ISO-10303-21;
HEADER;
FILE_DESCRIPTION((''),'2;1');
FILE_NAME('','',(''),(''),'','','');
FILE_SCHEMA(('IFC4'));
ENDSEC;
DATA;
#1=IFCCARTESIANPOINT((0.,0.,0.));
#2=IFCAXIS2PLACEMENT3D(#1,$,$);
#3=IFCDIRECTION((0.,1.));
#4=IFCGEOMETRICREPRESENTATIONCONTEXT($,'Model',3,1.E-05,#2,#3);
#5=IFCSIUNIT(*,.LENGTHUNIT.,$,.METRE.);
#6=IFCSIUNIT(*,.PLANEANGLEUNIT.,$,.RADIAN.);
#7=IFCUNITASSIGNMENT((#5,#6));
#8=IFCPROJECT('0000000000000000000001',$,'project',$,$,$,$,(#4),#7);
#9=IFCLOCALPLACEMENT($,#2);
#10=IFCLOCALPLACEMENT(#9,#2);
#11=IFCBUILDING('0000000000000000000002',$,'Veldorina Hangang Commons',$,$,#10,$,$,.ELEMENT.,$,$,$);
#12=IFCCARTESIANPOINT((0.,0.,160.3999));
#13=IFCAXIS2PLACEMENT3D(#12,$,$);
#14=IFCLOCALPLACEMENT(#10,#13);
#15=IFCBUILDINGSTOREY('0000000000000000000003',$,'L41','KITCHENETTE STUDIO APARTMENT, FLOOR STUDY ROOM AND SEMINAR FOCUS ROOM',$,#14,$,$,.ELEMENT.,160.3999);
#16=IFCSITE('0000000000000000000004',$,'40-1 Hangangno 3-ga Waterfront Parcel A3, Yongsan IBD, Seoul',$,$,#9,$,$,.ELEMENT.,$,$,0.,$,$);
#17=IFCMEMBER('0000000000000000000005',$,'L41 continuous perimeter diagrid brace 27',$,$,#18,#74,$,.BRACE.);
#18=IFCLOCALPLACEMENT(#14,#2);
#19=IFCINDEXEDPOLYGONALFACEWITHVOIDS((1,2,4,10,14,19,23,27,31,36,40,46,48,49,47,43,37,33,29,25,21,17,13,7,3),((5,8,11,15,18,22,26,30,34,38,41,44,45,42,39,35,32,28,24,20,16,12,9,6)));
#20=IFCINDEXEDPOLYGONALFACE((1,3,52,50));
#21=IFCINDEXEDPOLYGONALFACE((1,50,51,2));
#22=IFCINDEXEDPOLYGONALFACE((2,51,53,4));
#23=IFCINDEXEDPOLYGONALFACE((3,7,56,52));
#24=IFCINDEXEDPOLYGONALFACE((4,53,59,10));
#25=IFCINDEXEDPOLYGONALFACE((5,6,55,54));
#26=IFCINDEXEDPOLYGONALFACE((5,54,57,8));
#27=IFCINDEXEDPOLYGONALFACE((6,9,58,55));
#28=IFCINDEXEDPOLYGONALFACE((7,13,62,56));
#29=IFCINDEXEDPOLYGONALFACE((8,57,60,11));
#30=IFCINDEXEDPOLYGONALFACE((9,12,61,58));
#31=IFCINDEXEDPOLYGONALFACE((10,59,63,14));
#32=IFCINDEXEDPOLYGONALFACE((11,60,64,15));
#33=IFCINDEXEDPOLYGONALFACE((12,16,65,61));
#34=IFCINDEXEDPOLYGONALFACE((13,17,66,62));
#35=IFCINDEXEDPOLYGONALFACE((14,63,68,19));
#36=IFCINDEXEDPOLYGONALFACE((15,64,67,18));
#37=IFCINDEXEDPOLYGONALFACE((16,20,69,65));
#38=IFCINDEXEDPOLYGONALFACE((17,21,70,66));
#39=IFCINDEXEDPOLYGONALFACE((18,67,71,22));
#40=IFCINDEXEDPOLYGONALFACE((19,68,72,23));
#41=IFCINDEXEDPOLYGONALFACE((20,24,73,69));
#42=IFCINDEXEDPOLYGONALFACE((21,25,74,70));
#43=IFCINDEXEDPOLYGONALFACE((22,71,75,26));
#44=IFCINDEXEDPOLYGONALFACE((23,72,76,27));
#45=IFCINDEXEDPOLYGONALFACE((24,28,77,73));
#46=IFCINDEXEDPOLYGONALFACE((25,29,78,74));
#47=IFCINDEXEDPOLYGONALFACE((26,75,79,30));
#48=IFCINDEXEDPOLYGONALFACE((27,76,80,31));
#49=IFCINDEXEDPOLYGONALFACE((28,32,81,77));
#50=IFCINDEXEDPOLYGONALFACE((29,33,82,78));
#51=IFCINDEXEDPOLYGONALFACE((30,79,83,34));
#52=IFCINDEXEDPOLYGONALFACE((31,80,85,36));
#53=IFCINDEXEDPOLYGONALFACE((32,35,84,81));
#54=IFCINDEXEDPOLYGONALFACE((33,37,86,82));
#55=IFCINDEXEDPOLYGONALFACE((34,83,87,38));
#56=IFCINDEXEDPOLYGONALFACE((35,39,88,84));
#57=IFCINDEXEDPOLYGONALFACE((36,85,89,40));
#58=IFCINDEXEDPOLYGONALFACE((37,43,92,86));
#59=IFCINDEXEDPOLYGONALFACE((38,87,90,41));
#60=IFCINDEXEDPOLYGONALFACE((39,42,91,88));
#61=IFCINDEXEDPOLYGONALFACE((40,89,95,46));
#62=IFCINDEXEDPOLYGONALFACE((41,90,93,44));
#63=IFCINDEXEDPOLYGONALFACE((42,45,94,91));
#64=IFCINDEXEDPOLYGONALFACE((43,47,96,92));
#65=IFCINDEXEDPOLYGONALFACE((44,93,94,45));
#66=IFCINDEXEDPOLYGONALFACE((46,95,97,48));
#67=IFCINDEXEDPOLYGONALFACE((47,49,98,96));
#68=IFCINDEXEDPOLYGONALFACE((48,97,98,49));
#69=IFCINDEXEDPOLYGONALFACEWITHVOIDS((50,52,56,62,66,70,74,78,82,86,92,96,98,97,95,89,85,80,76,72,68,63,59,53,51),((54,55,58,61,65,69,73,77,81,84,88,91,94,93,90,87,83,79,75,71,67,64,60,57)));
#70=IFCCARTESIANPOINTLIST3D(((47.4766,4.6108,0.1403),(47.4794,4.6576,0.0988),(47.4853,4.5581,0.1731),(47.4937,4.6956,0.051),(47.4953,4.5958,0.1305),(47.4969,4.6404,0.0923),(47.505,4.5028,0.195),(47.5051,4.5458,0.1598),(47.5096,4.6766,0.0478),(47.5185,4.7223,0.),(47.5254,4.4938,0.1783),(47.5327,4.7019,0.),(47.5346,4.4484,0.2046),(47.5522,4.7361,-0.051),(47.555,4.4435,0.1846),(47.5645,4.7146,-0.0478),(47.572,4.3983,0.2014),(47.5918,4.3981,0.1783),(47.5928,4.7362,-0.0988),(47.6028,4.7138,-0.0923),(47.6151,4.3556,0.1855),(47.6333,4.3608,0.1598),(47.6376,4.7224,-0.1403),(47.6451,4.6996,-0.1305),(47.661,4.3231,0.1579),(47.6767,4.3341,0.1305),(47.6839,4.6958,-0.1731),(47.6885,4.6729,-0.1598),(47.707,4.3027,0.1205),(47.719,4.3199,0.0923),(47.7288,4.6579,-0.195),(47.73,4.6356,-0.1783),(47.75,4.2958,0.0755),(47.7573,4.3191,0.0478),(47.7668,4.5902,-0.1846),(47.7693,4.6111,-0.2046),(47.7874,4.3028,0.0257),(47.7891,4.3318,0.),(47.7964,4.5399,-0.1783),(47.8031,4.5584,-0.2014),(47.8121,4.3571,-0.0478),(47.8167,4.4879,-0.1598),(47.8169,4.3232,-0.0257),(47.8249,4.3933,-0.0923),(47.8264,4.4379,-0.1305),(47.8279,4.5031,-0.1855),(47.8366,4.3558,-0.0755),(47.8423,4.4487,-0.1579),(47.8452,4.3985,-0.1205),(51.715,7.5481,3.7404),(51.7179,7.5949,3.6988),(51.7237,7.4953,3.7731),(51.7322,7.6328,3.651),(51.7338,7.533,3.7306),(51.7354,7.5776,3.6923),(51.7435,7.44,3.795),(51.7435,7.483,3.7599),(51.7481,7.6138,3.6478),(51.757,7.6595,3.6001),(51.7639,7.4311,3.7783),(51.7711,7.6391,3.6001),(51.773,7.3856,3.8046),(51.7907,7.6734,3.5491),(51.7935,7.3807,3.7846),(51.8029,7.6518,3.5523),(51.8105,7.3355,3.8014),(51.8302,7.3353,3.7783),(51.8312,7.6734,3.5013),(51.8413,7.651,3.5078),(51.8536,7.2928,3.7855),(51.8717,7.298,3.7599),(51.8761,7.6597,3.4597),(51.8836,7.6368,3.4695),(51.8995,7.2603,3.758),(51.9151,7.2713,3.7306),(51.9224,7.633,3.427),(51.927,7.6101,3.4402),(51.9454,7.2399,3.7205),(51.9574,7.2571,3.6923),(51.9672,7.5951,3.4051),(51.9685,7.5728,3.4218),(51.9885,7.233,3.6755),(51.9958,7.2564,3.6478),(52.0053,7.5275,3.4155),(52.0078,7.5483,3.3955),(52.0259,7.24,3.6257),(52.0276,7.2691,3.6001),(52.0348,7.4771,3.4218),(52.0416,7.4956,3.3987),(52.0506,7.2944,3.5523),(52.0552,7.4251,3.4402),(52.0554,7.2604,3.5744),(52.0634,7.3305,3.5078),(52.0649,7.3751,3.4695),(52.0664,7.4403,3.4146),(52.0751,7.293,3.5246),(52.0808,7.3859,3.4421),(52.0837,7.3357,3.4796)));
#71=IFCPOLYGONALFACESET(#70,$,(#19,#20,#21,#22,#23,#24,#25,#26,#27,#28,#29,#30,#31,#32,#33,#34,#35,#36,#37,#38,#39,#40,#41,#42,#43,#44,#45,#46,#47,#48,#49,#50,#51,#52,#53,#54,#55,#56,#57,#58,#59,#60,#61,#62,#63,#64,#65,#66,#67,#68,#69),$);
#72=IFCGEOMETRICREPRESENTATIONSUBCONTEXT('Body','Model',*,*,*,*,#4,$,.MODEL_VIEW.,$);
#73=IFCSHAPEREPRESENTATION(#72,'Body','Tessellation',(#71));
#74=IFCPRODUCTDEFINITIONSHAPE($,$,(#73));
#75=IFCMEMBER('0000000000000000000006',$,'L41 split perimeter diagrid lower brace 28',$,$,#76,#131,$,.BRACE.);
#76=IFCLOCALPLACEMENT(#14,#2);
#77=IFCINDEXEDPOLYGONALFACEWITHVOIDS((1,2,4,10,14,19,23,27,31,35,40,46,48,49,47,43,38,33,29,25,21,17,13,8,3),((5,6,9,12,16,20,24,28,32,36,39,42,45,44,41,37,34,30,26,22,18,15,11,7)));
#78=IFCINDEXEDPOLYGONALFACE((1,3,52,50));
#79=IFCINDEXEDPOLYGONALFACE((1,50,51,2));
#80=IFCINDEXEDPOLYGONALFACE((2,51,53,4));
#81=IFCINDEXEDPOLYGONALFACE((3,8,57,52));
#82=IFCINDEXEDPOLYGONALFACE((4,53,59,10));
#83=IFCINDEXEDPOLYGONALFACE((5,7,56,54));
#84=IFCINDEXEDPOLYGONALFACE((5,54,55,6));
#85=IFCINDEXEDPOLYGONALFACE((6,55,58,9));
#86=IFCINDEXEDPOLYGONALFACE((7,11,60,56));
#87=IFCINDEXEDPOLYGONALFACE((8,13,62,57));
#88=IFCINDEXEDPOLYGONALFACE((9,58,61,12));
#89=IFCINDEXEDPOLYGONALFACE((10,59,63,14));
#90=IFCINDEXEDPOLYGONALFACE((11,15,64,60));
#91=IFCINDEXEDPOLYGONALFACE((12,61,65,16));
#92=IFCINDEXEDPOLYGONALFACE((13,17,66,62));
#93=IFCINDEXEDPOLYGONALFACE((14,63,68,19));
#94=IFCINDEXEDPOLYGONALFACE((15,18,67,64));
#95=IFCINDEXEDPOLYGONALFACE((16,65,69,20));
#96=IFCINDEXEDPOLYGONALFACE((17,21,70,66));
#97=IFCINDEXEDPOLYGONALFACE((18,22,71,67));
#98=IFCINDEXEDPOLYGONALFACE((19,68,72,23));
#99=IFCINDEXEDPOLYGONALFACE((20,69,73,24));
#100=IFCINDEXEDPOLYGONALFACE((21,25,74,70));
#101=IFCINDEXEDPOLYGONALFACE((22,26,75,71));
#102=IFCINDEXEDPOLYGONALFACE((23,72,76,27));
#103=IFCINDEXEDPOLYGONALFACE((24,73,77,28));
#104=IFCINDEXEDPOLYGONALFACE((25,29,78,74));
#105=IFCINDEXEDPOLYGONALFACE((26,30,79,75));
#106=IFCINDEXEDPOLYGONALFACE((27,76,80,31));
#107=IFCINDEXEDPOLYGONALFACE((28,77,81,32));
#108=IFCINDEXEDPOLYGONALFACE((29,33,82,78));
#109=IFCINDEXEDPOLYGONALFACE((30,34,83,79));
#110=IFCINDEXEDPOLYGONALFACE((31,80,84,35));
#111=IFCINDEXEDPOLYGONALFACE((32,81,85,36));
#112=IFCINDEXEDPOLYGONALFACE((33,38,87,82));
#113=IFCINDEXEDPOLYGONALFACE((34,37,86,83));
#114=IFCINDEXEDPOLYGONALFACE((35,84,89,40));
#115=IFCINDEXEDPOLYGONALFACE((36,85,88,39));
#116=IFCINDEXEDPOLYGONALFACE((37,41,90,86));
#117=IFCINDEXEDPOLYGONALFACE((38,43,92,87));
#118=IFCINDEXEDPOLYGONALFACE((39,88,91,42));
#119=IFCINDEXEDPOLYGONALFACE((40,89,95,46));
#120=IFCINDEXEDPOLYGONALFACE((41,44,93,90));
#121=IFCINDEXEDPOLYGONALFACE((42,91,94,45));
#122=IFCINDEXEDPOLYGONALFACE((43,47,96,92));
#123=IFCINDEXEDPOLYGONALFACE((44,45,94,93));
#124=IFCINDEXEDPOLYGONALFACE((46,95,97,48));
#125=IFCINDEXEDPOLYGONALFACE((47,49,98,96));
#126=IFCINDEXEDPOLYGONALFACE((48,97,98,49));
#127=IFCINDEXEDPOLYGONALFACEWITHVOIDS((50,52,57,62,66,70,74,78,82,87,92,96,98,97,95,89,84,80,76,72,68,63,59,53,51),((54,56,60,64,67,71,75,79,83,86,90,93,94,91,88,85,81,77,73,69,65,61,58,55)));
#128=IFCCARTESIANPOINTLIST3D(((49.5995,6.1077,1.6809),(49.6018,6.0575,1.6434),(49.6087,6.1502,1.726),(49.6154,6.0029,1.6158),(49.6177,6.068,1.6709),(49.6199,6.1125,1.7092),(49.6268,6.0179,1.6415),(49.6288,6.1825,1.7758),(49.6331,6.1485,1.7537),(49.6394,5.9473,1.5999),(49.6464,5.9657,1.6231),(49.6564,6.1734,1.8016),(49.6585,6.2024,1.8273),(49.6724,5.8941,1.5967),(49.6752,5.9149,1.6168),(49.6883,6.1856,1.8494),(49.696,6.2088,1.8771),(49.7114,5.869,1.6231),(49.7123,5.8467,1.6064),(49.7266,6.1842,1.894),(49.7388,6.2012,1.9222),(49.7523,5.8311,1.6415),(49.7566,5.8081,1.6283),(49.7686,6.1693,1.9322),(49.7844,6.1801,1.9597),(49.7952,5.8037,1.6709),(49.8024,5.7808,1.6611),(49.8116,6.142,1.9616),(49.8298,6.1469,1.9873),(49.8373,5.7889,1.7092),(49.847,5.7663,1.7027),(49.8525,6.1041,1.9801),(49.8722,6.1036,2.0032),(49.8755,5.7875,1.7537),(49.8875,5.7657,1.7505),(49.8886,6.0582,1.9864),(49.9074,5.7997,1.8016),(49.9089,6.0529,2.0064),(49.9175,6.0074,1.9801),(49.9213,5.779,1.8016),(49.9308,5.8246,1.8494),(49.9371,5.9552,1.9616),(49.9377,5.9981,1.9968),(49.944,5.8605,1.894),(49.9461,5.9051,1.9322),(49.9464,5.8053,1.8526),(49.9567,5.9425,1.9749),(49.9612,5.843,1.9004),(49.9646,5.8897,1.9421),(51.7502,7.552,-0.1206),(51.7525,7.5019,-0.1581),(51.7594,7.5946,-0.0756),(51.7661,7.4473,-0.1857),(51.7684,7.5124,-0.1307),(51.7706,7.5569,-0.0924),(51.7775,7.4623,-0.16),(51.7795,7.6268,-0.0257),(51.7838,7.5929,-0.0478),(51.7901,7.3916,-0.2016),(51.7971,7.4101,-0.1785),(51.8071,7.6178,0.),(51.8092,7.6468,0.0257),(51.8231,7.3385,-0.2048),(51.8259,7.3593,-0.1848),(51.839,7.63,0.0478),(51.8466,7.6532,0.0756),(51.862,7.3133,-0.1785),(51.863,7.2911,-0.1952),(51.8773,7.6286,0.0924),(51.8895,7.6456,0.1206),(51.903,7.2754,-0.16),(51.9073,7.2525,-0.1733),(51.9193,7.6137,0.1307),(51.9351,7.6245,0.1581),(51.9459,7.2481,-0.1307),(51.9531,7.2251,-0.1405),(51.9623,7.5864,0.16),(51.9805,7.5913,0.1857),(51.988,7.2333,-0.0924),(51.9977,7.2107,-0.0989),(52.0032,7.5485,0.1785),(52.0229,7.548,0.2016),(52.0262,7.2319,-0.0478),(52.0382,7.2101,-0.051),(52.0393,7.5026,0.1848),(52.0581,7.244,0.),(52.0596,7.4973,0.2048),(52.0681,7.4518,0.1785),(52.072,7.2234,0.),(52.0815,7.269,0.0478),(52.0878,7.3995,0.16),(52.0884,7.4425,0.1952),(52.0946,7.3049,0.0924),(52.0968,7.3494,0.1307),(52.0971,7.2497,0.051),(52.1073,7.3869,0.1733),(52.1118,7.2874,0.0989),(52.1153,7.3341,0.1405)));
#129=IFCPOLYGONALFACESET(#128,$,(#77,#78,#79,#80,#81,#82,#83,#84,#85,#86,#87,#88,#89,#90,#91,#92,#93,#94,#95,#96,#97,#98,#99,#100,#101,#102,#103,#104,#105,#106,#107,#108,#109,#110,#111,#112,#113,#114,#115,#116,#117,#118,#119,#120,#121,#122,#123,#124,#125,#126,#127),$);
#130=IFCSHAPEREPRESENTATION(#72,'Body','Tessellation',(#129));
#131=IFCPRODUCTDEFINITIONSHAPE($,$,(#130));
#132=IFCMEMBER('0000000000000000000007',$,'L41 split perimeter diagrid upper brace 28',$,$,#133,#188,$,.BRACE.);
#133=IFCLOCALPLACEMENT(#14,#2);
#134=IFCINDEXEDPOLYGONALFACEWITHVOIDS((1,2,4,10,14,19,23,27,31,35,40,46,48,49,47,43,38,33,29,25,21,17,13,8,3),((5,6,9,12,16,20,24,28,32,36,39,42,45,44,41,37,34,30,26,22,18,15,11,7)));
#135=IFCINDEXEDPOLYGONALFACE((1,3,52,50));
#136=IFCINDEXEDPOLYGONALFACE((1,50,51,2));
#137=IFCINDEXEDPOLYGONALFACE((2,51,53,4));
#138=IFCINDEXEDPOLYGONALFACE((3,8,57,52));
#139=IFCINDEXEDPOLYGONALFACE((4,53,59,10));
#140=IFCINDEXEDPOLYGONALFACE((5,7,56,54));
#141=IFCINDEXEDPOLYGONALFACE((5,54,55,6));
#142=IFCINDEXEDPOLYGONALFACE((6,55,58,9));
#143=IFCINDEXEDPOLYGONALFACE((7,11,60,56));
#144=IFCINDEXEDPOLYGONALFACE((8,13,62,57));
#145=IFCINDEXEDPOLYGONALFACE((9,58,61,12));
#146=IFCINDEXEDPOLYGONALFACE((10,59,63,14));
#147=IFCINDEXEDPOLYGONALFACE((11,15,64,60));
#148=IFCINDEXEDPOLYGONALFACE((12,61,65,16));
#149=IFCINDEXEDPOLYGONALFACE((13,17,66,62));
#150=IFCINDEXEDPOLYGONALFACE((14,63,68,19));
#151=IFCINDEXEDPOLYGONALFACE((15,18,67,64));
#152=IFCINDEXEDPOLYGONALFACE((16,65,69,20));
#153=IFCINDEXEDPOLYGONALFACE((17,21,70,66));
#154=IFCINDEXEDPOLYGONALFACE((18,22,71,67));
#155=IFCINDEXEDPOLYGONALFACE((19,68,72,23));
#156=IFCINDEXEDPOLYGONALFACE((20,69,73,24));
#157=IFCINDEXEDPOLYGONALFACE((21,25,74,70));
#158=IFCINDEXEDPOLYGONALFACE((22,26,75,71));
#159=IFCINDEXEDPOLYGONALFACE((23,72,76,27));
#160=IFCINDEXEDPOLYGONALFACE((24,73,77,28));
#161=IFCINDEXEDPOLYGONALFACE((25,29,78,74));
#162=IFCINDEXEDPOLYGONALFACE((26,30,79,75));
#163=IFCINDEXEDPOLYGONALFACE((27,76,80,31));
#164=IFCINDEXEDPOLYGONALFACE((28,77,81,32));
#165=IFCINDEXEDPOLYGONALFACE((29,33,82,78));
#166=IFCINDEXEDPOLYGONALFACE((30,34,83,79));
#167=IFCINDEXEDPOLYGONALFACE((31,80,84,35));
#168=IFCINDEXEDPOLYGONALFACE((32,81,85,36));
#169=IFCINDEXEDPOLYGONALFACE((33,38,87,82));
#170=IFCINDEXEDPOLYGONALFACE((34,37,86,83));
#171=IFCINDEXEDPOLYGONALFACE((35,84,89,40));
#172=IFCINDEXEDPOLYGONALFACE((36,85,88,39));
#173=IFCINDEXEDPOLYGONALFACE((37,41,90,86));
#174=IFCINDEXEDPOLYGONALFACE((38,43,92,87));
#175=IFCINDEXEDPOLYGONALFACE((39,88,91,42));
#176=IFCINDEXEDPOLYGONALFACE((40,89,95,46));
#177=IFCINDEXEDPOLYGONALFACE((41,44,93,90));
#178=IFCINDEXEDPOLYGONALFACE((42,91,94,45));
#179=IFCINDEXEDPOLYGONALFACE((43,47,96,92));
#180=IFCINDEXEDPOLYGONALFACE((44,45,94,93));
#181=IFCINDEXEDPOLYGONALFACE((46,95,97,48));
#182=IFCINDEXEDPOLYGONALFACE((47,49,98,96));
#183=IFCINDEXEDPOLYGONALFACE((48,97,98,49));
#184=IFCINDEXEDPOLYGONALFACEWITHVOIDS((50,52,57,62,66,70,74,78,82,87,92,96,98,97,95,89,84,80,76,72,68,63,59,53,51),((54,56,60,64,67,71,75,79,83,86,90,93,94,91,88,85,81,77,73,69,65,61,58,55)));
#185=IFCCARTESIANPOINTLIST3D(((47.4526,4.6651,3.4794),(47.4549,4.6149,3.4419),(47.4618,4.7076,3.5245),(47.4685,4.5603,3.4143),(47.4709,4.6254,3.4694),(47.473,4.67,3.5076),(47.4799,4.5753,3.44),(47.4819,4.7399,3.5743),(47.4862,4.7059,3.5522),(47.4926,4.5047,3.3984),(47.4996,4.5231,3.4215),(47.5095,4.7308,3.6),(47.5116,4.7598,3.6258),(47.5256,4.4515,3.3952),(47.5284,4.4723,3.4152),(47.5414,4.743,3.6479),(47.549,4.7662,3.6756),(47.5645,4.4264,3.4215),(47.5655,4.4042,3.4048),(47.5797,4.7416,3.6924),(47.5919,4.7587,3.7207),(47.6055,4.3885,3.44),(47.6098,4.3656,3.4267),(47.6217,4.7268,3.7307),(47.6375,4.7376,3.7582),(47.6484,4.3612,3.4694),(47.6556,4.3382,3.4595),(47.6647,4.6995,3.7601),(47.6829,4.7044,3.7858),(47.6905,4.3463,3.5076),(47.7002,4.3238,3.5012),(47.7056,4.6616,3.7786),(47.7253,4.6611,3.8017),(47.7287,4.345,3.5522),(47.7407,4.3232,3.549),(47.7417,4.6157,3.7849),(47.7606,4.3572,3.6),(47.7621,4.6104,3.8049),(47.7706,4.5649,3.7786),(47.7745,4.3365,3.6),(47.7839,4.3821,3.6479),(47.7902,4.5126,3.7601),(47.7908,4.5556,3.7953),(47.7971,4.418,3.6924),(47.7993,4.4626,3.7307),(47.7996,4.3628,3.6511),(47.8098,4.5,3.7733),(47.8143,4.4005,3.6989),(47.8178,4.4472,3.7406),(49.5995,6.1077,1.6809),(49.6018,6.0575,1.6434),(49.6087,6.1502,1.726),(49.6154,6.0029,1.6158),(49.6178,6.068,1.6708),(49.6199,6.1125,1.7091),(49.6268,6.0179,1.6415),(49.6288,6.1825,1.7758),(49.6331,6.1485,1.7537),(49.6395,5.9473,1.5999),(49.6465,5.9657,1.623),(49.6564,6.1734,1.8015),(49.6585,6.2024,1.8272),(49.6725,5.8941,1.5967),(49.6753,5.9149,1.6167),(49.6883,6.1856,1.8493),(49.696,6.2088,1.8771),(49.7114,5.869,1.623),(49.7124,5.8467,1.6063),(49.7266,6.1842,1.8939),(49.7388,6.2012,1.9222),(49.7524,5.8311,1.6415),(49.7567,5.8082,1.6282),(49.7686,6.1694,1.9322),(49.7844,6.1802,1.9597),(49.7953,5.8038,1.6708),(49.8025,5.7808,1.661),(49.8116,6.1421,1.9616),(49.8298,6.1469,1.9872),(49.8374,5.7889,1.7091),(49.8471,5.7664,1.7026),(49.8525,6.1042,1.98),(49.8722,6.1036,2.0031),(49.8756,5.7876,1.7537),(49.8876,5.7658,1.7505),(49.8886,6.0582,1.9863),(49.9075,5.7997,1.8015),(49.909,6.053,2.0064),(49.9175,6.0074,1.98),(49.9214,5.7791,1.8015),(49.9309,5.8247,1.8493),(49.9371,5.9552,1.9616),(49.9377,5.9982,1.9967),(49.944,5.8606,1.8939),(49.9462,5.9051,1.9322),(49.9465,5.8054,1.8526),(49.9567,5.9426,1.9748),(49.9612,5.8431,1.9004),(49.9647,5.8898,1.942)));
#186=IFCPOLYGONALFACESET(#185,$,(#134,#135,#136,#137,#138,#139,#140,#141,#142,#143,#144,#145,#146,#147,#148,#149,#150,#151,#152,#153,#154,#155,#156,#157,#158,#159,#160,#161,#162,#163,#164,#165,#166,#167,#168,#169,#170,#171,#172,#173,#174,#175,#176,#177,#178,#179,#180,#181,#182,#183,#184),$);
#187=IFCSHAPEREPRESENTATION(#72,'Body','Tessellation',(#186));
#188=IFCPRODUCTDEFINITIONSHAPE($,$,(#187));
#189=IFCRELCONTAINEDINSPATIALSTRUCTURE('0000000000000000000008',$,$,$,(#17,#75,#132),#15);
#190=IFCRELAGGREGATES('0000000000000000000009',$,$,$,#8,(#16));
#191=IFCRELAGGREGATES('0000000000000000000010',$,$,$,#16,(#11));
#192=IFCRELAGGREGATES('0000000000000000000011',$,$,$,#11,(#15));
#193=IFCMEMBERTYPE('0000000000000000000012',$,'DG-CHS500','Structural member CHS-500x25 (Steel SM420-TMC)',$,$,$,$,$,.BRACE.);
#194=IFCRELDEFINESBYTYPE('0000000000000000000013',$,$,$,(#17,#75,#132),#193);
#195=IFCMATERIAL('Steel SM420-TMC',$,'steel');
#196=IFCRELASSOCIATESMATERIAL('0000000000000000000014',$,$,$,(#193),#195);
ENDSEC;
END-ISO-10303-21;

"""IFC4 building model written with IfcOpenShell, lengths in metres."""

from ifc_helpers import new_model, si_unit, direction, frame, origin, origin_2d, place, context, subcontext, project, spatial, hollow_circle, extrude, material, material_profile, profile_set, type_object, element, save


model = new_model("IFC4")

# Units and contexts
model_context = context("Model", 3, precision=1e-05, world=origin(), true_north=direction((0.0, 1.0)))
body_context = subcontext(model_context, "Body", "Model", "MODEL_VIEW")
ifc_project = project(units=[si_unit("LENGTHUNIT", "METRE"), si_unit("PLANEANGLEUNIT", "RADIAN")], contexts=[model_context])

# Site, building, storey
site_placement = place(None, origin())
site = spatial("IfcSite", under=ifc_project, at=site_placement, Name="40-1 Hangangno 3-ga Waterfront Parcel A3, Yongsan IBD, Seoul", CompositionType="ELEMENT", RefElevation=0.0)
building_placement = place(site_placement, origin())
building = spatial("IfcBuilding", under=site, at=building_placement, Name="Veldorina Hangang Commons", CompositionType="ELEMENT")
storey_placement = place(building_placement, frame((0.0, 0.0, 160.3999)))
storey = spatial("IfcBuildingStorey", under=building, at=storey_placement, Name="L41", Description="KITCHENETTE STUDIO APARTMENT, FLOOR STUDY ROOM AND SEMINAR FOCUS ROOM", CompositionType="ELEMENT", Elevation=160.3999)

# Shared definitions
ifc_material_1 = material(Name="Steel SM420-TMC", Category="steel")

# Members
ifc_material_profile_1 = material_profile(ifc_material_1, hollow_circle(Radius=0.25, WallThickness=0.0249, at=origin_2d()), Name="CHS-500x25")
ifc_profile_set_1 = profile_set([ifc_material_profile_1], Name="Steel SM420-TMC")
member_type_1 = type_object("IfcMemberType", Name="DG-CHS500", Description="Structural member CHS-500x25 (Steel SM420-TMC)", PredefinedType="BRACE", material=ifc_profile_set_1)
member_1_placement = place(storey_placement, frame((47.6609, 4.5168, 0.0), z_axis=(0.673944, 0.467036, 0.572431), x_axis=(-0.569589, 0.82193, 0.0)))
element("IfcMember", 1, at=member_1_placement, inside=storey, type_object=member_type_1, Name="L41 continuous perimeter diagrid brace 27", PredefinedType="BRACE", context=body_context, shape_type="SweptSolid", body=[
    extrude(hollow_circle(Radius=0.25, WallThickness=0.0249, at=origin_2d()), origin(), (0.0, 0.0, 1.0), 6.2891),
])
member_2_placement = place(storey_placement, frame((51.9326, 7.4309, 0.0), z_axis=(-0.681565, -0.457729, 0.570924), x_axis=(0.557524, -0.830161, 0.0)))
element("IfcMember", 2, at=member_2_placement, inside=storey, type_object=member_type_1, Name="L41 split perimeter diagrid lower brace 28", PredefinedType="BRACE", context=body_context, shape_type="SweptSolid", body=[
    extrude(hollow_circle(Radius=0.25, WallThickness=0.0249, at=origin_2d()), origin(), (0.0, 0.0, 1.0), 3.1555),
])
member_3_placement = place(storey_placement, frame((49.782, 5.9866, 1.8015), z_axis=(-0.681473, -0.457906, 0.570891), x_axis=(0.557724, -0.830026, 0.0)))
element("IfcMember", 3, at=member_3_placement, inside=storey, type_object=member_type_1, Name="L41 split perimeter diagrid upper brace 28", PredefinedType="BRACE", context=body_context, shape_type="SweptSolid", body=[
    extrude(hollow_circle(Radius=0.25, WallThickness=0.0249, at=origin_2d()), origin(), (0.0, 0.0, 1.0), 3.1504),
])

save(model, "model.ifc")
